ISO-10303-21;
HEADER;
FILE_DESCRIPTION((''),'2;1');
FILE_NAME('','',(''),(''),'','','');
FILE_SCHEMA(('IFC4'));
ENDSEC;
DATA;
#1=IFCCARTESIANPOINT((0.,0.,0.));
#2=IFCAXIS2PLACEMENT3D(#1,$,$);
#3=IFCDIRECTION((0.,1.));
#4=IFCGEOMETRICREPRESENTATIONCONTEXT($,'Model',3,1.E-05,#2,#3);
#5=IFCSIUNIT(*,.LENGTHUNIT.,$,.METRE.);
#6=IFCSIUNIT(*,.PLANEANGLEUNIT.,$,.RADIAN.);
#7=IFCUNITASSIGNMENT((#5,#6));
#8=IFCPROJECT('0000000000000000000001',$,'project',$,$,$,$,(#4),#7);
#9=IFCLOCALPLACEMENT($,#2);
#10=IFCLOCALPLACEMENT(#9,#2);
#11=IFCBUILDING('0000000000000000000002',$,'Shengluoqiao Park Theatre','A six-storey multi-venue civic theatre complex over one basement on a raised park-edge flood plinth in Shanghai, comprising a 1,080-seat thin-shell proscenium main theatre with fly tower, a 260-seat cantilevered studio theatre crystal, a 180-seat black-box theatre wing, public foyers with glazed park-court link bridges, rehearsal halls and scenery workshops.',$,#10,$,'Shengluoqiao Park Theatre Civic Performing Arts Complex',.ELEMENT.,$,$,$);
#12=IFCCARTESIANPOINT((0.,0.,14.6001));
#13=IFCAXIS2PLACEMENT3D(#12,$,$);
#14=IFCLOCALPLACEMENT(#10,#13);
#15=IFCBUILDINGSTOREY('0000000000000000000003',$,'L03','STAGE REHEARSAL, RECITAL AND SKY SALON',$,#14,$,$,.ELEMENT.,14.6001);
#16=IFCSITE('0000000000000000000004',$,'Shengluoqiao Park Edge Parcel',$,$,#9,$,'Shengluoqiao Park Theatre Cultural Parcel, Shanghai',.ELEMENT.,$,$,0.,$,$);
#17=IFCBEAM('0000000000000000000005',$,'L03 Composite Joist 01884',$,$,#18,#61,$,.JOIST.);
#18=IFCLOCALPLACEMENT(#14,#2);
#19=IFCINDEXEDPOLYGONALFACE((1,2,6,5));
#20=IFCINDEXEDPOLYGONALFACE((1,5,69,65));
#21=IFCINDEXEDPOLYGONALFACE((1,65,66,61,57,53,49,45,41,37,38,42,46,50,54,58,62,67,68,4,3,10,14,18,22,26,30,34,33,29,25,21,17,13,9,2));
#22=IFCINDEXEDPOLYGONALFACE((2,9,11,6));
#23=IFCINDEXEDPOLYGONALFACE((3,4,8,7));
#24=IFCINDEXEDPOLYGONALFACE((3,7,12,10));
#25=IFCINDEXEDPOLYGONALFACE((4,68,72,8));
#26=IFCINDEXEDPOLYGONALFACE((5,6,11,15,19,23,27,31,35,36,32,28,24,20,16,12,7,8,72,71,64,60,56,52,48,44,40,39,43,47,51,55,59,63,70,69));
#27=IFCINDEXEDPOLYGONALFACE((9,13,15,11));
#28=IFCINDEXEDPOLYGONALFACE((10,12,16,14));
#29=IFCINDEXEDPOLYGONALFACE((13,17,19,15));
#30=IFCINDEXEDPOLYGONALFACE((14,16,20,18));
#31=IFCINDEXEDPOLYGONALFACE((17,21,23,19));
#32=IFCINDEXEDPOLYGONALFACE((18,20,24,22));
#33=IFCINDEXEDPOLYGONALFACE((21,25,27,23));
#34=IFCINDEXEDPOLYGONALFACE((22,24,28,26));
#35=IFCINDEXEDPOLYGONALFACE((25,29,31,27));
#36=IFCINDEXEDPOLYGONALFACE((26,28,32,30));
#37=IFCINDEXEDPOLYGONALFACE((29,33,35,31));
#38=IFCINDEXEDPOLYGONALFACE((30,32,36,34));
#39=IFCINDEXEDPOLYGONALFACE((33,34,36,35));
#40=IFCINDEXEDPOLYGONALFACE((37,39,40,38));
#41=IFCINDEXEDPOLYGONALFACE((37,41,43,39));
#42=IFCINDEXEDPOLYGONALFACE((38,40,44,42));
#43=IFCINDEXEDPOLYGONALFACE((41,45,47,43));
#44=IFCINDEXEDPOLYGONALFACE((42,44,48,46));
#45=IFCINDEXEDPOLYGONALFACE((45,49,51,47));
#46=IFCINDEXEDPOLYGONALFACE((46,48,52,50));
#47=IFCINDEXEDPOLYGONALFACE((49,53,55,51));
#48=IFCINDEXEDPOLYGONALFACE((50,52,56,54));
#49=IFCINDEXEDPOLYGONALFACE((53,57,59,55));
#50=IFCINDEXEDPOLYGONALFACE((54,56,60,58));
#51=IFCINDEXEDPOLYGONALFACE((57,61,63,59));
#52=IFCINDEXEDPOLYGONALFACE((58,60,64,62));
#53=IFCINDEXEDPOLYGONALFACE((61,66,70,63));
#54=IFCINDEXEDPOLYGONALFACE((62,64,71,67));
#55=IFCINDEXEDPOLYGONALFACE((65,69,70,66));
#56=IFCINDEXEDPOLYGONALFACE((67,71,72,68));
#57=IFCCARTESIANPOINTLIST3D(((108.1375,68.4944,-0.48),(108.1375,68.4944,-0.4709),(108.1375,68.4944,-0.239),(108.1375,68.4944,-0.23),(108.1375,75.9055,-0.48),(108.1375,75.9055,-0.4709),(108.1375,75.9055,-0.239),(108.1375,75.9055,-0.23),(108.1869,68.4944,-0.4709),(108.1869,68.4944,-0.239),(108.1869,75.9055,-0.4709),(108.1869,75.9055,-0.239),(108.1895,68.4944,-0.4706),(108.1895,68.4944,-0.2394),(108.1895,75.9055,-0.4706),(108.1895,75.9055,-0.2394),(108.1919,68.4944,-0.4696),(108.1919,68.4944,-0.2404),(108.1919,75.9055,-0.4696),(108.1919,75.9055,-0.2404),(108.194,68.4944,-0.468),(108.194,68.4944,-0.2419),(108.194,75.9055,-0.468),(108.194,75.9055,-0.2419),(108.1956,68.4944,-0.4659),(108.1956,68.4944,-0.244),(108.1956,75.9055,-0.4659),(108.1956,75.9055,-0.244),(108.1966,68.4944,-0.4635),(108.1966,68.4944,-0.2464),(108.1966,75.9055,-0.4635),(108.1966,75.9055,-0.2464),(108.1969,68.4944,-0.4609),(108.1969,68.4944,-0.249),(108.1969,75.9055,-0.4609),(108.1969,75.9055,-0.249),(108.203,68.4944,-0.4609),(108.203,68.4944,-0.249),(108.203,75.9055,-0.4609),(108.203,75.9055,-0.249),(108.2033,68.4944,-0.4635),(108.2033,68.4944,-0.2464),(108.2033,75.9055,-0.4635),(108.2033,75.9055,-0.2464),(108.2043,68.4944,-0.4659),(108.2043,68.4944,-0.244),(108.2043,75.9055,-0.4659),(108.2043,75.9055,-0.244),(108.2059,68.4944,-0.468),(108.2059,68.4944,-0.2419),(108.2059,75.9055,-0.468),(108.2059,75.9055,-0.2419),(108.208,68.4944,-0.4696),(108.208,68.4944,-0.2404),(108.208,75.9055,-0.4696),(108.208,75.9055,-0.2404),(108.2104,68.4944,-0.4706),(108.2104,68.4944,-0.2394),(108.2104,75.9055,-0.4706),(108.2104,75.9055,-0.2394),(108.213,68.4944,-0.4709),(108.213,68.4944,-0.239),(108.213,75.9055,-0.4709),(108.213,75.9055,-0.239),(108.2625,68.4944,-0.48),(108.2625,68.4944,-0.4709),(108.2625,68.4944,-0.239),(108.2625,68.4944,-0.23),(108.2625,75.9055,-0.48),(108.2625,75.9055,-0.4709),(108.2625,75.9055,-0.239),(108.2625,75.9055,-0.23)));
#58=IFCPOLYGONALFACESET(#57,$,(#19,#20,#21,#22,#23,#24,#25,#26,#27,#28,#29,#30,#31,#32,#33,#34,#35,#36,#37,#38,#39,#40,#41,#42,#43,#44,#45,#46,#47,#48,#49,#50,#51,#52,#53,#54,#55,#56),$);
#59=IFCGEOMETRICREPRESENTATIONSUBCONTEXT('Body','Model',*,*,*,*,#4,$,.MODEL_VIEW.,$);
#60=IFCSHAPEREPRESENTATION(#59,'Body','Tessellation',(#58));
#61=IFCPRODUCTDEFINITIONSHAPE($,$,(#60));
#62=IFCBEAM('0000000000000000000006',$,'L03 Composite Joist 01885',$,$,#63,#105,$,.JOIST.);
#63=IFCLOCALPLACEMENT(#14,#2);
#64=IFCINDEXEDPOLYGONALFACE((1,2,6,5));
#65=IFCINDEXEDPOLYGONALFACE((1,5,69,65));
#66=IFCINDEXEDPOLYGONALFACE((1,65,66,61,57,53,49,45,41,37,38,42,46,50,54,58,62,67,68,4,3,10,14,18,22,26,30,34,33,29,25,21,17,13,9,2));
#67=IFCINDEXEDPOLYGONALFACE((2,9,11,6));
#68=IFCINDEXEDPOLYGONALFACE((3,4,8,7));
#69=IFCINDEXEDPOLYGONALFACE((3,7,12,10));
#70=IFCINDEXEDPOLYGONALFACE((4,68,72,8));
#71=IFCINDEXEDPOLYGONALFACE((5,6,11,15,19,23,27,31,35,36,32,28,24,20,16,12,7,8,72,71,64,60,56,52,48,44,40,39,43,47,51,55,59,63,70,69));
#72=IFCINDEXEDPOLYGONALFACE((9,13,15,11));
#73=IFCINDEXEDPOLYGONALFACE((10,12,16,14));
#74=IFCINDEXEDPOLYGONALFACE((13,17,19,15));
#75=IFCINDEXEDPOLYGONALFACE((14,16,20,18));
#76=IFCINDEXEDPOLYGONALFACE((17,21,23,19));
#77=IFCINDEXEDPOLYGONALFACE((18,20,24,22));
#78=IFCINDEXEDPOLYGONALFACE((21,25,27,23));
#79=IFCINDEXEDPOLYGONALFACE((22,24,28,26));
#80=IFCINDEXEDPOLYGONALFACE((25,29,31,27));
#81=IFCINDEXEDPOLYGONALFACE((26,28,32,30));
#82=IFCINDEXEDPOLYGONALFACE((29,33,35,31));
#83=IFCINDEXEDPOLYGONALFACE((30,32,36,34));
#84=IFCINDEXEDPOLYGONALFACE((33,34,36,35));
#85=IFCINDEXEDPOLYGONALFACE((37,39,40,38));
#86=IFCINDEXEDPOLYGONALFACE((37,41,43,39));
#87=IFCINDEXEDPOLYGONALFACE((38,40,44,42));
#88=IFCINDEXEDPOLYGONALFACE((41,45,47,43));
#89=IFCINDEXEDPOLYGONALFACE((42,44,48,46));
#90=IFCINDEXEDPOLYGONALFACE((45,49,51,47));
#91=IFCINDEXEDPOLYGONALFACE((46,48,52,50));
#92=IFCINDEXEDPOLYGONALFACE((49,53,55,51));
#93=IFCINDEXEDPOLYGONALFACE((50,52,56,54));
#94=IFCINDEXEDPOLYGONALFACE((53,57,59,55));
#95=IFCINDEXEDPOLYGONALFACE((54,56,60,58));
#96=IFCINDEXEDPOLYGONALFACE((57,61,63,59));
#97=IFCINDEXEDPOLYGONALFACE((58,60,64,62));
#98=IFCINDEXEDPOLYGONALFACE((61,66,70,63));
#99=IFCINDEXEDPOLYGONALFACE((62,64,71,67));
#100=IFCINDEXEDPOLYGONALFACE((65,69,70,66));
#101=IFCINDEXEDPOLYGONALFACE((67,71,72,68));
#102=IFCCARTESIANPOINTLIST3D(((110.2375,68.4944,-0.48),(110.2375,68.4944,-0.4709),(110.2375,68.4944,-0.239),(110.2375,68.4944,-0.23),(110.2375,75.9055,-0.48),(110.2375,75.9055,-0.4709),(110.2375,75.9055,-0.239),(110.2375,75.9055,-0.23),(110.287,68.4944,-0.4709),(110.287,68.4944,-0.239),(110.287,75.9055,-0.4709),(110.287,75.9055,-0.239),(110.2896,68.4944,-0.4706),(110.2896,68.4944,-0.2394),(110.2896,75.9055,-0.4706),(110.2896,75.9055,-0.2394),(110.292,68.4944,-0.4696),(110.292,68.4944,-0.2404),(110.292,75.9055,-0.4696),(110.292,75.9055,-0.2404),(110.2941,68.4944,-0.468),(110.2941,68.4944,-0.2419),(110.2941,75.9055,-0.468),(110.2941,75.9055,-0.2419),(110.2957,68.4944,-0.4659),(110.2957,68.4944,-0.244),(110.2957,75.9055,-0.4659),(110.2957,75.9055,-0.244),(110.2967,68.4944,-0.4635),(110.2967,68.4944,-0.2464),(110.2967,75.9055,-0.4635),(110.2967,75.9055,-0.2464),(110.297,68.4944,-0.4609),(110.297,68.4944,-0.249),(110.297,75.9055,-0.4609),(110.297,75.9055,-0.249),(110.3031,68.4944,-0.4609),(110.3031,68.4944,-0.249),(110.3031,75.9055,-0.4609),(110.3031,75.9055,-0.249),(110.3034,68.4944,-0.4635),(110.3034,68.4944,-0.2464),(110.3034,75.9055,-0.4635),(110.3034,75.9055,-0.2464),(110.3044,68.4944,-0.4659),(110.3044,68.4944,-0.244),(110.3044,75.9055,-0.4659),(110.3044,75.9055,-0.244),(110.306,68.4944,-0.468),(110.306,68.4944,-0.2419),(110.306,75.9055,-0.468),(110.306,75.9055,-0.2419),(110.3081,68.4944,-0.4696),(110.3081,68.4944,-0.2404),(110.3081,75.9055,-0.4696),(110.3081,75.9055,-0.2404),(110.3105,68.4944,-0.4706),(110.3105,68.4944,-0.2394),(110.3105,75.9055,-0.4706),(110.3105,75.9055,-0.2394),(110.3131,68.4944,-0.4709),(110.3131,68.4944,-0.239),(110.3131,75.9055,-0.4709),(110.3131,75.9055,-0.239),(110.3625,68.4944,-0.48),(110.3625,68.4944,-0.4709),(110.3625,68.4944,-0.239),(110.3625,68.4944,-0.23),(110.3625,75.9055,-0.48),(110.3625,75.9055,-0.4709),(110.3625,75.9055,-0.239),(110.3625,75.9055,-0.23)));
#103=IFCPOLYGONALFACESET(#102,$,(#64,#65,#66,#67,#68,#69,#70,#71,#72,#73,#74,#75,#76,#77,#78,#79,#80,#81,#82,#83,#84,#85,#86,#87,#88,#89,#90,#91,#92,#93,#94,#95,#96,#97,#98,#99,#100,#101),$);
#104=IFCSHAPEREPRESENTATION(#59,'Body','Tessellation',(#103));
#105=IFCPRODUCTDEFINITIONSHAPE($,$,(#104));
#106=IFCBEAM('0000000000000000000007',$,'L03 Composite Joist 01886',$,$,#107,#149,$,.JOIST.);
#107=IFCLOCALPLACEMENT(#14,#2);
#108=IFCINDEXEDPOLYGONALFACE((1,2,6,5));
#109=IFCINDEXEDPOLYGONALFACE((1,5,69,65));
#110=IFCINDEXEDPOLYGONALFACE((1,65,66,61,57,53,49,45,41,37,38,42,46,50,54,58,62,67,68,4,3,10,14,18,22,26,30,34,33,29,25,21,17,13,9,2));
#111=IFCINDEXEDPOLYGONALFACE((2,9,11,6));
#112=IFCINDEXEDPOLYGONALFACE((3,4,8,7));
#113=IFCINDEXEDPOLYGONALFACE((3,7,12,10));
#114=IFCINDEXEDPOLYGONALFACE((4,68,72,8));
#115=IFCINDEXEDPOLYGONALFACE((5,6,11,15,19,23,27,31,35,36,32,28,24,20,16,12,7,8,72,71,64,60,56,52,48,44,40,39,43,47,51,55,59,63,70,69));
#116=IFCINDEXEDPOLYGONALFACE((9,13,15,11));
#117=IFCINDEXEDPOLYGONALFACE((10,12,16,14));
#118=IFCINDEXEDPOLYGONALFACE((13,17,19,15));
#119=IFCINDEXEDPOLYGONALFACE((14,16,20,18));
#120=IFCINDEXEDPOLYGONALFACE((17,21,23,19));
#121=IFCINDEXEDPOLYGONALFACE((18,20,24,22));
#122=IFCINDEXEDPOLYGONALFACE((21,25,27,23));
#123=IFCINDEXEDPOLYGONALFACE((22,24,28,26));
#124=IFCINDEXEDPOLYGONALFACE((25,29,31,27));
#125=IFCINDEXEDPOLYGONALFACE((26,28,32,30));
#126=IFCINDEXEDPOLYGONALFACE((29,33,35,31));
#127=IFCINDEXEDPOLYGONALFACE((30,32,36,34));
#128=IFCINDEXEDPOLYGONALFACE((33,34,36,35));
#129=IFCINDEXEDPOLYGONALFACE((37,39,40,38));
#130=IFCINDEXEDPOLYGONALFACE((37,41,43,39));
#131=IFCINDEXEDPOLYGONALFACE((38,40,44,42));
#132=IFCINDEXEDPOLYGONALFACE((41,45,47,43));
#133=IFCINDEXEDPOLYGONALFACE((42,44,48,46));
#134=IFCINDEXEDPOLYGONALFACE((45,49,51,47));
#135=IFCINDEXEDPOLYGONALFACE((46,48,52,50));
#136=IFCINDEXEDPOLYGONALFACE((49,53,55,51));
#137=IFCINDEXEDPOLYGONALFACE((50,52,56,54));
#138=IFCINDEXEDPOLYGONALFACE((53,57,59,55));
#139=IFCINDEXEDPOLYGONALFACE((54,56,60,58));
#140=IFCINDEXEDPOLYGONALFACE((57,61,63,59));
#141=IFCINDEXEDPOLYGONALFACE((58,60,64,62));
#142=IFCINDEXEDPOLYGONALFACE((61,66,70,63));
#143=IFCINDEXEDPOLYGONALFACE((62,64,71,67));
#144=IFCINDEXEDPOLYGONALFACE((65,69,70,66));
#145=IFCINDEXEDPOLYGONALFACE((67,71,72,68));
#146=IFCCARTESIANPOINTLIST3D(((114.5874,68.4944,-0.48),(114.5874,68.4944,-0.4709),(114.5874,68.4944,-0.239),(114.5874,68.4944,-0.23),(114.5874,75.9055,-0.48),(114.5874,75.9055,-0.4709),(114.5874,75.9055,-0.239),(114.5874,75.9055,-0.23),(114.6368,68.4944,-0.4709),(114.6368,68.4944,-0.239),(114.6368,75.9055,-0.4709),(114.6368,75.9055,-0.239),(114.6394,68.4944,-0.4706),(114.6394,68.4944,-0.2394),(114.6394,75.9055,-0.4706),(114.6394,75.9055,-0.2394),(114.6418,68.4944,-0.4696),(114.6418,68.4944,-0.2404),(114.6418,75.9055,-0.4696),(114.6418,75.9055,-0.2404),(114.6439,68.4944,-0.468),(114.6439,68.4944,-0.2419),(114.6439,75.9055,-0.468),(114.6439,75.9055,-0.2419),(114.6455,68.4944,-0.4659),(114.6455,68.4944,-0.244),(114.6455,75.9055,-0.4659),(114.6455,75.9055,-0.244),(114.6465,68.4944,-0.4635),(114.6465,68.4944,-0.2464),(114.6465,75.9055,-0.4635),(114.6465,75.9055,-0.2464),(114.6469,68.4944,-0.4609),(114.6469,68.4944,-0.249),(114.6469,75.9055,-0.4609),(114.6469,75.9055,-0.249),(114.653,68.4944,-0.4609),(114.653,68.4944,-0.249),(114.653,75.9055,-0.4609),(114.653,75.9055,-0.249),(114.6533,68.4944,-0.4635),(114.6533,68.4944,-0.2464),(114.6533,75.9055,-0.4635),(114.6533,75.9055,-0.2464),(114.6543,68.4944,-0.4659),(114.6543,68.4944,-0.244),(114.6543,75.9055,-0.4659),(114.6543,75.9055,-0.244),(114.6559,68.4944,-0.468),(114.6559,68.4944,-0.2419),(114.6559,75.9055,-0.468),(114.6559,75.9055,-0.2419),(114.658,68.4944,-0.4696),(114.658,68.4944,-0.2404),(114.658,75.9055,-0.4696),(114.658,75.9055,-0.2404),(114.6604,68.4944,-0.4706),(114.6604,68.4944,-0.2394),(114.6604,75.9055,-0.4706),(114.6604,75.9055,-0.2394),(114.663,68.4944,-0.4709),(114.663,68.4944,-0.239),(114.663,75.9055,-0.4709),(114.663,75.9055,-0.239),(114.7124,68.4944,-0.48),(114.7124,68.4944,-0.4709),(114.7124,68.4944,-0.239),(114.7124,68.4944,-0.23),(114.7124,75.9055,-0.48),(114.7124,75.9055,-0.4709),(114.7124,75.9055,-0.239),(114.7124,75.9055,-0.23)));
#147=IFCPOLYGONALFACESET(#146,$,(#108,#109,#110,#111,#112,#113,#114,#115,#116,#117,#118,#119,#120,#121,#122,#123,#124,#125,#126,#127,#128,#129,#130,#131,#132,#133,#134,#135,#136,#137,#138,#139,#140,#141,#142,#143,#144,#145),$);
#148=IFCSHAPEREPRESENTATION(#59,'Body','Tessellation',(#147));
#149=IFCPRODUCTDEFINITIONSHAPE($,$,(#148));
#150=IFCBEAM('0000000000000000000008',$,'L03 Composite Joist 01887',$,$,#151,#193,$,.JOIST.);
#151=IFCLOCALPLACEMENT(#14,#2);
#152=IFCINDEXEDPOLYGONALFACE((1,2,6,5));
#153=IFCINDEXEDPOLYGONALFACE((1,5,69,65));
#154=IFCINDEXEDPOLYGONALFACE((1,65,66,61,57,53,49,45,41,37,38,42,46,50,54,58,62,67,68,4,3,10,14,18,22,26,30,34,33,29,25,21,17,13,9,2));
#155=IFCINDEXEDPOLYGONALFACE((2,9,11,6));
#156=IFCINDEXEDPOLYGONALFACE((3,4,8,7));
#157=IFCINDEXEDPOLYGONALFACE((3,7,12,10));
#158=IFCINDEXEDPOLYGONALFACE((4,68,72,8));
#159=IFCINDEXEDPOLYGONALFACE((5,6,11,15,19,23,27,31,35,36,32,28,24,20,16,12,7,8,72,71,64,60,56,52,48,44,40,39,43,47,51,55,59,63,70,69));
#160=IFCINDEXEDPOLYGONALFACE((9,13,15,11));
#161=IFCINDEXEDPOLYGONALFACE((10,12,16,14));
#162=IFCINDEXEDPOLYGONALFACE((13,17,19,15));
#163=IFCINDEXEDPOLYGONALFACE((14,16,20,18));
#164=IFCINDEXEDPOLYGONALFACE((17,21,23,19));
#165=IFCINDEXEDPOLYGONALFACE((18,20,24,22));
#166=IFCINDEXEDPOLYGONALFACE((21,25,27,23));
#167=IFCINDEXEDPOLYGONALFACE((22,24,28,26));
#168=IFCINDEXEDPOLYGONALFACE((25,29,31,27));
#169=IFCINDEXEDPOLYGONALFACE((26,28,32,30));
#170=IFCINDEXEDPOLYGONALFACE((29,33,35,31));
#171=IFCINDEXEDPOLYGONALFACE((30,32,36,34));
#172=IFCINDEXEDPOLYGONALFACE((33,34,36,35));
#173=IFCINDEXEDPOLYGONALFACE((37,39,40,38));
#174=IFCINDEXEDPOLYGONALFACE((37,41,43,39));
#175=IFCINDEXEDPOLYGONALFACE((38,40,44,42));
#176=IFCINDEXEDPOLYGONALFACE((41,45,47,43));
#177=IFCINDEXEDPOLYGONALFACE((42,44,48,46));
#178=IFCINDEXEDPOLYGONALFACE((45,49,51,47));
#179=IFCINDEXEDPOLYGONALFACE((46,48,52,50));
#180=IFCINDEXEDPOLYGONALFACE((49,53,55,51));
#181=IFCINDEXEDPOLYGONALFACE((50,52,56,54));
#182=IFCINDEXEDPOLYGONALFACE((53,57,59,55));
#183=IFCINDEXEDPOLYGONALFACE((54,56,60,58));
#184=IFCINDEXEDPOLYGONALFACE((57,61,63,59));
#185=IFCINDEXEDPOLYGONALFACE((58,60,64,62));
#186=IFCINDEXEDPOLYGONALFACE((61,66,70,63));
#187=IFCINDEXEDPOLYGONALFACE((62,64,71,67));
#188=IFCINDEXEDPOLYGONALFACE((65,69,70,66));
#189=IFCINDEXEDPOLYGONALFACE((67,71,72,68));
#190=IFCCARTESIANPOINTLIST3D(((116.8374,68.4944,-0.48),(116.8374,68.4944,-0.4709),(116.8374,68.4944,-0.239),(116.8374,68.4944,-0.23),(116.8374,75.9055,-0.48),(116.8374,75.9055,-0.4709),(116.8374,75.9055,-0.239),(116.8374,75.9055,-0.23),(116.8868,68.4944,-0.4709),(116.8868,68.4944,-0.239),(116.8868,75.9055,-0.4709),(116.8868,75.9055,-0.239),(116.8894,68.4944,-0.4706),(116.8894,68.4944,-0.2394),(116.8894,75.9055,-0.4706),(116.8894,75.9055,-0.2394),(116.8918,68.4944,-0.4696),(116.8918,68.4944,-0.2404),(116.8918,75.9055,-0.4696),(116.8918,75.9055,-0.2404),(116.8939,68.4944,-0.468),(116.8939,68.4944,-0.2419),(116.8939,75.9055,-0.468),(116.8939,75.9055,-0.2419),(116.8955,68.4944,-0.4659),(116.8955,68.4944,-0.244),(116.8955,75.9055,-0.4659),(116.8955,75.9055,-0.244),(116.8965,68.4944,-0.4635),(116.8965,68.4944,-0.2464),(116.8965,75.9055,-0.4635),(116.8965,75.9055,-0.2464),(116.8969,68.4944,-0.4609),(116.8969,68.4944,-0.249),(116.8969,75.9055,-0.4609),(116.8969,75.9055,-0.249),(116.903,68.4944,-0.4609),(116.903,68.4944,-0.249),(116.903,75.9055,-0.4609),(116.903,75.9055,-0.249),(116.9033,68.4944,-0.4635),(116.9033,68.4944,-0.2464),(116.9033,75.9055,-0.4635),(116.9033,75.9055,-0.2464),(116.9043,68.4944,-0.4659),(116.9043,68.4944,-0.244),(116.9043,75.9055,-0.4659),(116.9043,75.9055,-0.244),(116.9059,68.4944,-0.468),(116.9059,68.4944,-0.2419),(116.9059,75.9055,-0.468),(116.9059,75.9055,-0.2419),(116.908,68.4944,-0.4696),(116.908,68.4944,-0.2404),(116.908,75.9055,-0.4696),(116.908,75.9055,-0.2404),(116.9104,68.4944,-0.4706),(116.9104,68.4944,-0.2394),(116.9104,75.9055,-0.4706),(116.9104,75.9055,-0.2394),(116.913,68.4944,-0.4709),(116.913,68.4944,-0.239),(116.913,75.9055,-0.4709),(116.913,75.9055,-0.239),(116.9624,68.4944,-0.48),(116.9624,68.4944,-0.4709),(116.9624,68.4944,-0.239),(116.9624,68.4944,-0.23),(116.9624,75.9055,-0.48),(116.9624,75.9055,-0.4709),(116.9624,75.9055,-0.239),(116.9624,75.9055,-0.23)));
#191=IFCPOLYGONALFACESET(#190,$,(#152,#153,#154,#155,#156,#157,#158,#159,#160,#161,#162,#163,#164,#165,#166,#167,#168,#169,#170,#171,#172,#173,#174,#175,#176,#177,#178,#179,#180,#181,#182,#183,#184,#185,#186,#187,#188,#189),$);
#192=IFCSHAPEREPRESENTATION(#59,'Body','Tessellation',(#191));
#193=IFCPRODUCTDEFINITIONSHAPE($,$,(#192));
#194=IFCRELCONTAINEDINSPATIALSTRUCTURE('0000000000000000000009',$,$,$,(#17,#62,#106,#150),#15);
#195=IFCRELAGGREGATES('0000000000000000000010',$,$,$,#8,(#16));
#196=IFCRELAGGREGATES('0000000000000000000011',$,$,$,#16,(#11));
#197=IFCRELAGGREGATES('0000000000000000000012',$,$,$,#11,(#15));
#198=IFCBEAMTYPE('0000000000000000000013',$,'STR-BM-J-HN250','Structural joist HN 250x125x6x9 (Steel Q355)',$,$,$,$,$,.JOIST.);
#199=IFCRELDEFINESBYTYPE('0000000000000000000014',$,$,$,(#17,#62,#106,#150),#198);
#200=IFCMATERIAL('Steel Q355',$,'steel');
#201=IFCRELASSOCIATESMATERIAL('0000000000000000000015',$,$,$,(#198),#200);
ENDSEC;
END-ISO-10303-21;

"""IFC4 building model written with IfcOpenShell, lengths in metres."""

from ifc_helpers import new_model, si_unit, direction, frame, origin, origin_2d, place, context, subcontext, project, spatial, i_section, extrude, material, material_profile, profile_set, type_object, element, save


model = new_model("IFC4")

# Units and contexts
model_context = context("Model", 3, precision=1e-05, world=origin(), true_north=direction((0.0, 1.0)))
body_context = subcontext(model_context, "Body", "Model", "MODEL_VIEW")
ifc_project = project(units=[si_unit("LENGTHUNIT", "METRE"), si_unit("PLANEANGLEUNIT", "RADIAN")], contexts=[model_context])

# Site, building, storey
site_placement = place(None, origin())
site = spatial("IfcSite", under=ifc_project, at=site_placement, Name="Shengluoqiao Park Edge Parcel", LongName="Shengluoqiao Park Theatre Cultural Parcel, Shanghai", CompositionType="ELEMENT", RefElevation=0.0)
building_placement = place(site_placement, origin())
building = spatial("IfcBuilding", under=site, at=building_placement, Name="Shengluoqiao Park Theatre", Description="A six-storey multi-venue civic theatre complex over one basement on a raised park-edge flood plinth in Shanghai, comprising a 1,080-seat thin-shell proscenium main theatre with fly tower, a 260-seat cantilevered studio theatre crystal, a 180-seat black-box theatre wing, public foyers with glazed park-court link bridges, rehearsal halls and scenery workshops.", LongName="Shengluoqiao Park Theatre Civic Performing Arts Complex", CompositionType="ELEMENT")
storey_placement = place(building_placement, frame((0.0, 0.0, 14.6001)))
storey = spatial("IfcBuildingStorey", under=building, at=storey_placement, Name="L03", Description="STAGE REHEARSAL, RECITAL AND SKY SALON", CompositionType="ELEMENT", Elevation=14.6001)

# Beams
ifc_material = material(Name="Steel Q355", Category="steel")
ifc_material_profile_1 = material_profile(ifc_material, i_section(OverallWidth=0.125, OverallDepth=0.25, WebThickness=0.0061, FlangeThickness=0.009, FilletRadius=0.01, at=origin_2d()), Name="HN 250x125x6x9")
ifc_profile_set_1 = profile_set([ifc_material_profile_1], Name="Steel Q355")
beam_type_1 = type_object("IfcBeamType", Name="STR-BM-J-HN250", Description="Structural joist HN 250x125x6x9 (Steel Q355)", PredefinedType="JOIST", material=ifc_profile_set_1)
for number, where, z_axis, x_axis, name in (
    (1, (108.2, 68.4944, -0.355), (0.0, 1.0, 0.0), (-1.0, 0.0, 0.0), "L03 Composite Joist 01884"),
    (2, (110.3, 68.4944, -0.355), (0.0, 1.0, 0.0), (-1.0, 0.0, 0.0), "L03 Composite Joist 01885"),
    (3, (114.6499, 68.4944, -0.355), (0.0, 1.0, 0.0), (-1.0, 0.0, 0.0), "L03 Composite Joist 01886"),
    (4, (116.8999, 68.4944, -0.355), (0.0, 1.0, 0.0), (-1.0, 0.0, 0.0), "L03 Composite Joist 01887"),
):
    element("IfcBeam", number, at=place(storey_placement, frame(where, z_axis=z_axis, x_axis=x_axis)), inside=storey, type_object=beam_type_1, Name=name, PredefinedType="JOIST", context=body_context, shape_type="SweptSolid", body=[
        extrude(i_section(OverallWidth=0.125, OverallDepth=0.25, WebThickness=0.0061, FlangeThickness=0.009, FilletRadius=0.01, at=origin_2d()), origin(), (0.0, 0.0, 1.0), 7.4111),
    ])

save(model, "model.ifc")
